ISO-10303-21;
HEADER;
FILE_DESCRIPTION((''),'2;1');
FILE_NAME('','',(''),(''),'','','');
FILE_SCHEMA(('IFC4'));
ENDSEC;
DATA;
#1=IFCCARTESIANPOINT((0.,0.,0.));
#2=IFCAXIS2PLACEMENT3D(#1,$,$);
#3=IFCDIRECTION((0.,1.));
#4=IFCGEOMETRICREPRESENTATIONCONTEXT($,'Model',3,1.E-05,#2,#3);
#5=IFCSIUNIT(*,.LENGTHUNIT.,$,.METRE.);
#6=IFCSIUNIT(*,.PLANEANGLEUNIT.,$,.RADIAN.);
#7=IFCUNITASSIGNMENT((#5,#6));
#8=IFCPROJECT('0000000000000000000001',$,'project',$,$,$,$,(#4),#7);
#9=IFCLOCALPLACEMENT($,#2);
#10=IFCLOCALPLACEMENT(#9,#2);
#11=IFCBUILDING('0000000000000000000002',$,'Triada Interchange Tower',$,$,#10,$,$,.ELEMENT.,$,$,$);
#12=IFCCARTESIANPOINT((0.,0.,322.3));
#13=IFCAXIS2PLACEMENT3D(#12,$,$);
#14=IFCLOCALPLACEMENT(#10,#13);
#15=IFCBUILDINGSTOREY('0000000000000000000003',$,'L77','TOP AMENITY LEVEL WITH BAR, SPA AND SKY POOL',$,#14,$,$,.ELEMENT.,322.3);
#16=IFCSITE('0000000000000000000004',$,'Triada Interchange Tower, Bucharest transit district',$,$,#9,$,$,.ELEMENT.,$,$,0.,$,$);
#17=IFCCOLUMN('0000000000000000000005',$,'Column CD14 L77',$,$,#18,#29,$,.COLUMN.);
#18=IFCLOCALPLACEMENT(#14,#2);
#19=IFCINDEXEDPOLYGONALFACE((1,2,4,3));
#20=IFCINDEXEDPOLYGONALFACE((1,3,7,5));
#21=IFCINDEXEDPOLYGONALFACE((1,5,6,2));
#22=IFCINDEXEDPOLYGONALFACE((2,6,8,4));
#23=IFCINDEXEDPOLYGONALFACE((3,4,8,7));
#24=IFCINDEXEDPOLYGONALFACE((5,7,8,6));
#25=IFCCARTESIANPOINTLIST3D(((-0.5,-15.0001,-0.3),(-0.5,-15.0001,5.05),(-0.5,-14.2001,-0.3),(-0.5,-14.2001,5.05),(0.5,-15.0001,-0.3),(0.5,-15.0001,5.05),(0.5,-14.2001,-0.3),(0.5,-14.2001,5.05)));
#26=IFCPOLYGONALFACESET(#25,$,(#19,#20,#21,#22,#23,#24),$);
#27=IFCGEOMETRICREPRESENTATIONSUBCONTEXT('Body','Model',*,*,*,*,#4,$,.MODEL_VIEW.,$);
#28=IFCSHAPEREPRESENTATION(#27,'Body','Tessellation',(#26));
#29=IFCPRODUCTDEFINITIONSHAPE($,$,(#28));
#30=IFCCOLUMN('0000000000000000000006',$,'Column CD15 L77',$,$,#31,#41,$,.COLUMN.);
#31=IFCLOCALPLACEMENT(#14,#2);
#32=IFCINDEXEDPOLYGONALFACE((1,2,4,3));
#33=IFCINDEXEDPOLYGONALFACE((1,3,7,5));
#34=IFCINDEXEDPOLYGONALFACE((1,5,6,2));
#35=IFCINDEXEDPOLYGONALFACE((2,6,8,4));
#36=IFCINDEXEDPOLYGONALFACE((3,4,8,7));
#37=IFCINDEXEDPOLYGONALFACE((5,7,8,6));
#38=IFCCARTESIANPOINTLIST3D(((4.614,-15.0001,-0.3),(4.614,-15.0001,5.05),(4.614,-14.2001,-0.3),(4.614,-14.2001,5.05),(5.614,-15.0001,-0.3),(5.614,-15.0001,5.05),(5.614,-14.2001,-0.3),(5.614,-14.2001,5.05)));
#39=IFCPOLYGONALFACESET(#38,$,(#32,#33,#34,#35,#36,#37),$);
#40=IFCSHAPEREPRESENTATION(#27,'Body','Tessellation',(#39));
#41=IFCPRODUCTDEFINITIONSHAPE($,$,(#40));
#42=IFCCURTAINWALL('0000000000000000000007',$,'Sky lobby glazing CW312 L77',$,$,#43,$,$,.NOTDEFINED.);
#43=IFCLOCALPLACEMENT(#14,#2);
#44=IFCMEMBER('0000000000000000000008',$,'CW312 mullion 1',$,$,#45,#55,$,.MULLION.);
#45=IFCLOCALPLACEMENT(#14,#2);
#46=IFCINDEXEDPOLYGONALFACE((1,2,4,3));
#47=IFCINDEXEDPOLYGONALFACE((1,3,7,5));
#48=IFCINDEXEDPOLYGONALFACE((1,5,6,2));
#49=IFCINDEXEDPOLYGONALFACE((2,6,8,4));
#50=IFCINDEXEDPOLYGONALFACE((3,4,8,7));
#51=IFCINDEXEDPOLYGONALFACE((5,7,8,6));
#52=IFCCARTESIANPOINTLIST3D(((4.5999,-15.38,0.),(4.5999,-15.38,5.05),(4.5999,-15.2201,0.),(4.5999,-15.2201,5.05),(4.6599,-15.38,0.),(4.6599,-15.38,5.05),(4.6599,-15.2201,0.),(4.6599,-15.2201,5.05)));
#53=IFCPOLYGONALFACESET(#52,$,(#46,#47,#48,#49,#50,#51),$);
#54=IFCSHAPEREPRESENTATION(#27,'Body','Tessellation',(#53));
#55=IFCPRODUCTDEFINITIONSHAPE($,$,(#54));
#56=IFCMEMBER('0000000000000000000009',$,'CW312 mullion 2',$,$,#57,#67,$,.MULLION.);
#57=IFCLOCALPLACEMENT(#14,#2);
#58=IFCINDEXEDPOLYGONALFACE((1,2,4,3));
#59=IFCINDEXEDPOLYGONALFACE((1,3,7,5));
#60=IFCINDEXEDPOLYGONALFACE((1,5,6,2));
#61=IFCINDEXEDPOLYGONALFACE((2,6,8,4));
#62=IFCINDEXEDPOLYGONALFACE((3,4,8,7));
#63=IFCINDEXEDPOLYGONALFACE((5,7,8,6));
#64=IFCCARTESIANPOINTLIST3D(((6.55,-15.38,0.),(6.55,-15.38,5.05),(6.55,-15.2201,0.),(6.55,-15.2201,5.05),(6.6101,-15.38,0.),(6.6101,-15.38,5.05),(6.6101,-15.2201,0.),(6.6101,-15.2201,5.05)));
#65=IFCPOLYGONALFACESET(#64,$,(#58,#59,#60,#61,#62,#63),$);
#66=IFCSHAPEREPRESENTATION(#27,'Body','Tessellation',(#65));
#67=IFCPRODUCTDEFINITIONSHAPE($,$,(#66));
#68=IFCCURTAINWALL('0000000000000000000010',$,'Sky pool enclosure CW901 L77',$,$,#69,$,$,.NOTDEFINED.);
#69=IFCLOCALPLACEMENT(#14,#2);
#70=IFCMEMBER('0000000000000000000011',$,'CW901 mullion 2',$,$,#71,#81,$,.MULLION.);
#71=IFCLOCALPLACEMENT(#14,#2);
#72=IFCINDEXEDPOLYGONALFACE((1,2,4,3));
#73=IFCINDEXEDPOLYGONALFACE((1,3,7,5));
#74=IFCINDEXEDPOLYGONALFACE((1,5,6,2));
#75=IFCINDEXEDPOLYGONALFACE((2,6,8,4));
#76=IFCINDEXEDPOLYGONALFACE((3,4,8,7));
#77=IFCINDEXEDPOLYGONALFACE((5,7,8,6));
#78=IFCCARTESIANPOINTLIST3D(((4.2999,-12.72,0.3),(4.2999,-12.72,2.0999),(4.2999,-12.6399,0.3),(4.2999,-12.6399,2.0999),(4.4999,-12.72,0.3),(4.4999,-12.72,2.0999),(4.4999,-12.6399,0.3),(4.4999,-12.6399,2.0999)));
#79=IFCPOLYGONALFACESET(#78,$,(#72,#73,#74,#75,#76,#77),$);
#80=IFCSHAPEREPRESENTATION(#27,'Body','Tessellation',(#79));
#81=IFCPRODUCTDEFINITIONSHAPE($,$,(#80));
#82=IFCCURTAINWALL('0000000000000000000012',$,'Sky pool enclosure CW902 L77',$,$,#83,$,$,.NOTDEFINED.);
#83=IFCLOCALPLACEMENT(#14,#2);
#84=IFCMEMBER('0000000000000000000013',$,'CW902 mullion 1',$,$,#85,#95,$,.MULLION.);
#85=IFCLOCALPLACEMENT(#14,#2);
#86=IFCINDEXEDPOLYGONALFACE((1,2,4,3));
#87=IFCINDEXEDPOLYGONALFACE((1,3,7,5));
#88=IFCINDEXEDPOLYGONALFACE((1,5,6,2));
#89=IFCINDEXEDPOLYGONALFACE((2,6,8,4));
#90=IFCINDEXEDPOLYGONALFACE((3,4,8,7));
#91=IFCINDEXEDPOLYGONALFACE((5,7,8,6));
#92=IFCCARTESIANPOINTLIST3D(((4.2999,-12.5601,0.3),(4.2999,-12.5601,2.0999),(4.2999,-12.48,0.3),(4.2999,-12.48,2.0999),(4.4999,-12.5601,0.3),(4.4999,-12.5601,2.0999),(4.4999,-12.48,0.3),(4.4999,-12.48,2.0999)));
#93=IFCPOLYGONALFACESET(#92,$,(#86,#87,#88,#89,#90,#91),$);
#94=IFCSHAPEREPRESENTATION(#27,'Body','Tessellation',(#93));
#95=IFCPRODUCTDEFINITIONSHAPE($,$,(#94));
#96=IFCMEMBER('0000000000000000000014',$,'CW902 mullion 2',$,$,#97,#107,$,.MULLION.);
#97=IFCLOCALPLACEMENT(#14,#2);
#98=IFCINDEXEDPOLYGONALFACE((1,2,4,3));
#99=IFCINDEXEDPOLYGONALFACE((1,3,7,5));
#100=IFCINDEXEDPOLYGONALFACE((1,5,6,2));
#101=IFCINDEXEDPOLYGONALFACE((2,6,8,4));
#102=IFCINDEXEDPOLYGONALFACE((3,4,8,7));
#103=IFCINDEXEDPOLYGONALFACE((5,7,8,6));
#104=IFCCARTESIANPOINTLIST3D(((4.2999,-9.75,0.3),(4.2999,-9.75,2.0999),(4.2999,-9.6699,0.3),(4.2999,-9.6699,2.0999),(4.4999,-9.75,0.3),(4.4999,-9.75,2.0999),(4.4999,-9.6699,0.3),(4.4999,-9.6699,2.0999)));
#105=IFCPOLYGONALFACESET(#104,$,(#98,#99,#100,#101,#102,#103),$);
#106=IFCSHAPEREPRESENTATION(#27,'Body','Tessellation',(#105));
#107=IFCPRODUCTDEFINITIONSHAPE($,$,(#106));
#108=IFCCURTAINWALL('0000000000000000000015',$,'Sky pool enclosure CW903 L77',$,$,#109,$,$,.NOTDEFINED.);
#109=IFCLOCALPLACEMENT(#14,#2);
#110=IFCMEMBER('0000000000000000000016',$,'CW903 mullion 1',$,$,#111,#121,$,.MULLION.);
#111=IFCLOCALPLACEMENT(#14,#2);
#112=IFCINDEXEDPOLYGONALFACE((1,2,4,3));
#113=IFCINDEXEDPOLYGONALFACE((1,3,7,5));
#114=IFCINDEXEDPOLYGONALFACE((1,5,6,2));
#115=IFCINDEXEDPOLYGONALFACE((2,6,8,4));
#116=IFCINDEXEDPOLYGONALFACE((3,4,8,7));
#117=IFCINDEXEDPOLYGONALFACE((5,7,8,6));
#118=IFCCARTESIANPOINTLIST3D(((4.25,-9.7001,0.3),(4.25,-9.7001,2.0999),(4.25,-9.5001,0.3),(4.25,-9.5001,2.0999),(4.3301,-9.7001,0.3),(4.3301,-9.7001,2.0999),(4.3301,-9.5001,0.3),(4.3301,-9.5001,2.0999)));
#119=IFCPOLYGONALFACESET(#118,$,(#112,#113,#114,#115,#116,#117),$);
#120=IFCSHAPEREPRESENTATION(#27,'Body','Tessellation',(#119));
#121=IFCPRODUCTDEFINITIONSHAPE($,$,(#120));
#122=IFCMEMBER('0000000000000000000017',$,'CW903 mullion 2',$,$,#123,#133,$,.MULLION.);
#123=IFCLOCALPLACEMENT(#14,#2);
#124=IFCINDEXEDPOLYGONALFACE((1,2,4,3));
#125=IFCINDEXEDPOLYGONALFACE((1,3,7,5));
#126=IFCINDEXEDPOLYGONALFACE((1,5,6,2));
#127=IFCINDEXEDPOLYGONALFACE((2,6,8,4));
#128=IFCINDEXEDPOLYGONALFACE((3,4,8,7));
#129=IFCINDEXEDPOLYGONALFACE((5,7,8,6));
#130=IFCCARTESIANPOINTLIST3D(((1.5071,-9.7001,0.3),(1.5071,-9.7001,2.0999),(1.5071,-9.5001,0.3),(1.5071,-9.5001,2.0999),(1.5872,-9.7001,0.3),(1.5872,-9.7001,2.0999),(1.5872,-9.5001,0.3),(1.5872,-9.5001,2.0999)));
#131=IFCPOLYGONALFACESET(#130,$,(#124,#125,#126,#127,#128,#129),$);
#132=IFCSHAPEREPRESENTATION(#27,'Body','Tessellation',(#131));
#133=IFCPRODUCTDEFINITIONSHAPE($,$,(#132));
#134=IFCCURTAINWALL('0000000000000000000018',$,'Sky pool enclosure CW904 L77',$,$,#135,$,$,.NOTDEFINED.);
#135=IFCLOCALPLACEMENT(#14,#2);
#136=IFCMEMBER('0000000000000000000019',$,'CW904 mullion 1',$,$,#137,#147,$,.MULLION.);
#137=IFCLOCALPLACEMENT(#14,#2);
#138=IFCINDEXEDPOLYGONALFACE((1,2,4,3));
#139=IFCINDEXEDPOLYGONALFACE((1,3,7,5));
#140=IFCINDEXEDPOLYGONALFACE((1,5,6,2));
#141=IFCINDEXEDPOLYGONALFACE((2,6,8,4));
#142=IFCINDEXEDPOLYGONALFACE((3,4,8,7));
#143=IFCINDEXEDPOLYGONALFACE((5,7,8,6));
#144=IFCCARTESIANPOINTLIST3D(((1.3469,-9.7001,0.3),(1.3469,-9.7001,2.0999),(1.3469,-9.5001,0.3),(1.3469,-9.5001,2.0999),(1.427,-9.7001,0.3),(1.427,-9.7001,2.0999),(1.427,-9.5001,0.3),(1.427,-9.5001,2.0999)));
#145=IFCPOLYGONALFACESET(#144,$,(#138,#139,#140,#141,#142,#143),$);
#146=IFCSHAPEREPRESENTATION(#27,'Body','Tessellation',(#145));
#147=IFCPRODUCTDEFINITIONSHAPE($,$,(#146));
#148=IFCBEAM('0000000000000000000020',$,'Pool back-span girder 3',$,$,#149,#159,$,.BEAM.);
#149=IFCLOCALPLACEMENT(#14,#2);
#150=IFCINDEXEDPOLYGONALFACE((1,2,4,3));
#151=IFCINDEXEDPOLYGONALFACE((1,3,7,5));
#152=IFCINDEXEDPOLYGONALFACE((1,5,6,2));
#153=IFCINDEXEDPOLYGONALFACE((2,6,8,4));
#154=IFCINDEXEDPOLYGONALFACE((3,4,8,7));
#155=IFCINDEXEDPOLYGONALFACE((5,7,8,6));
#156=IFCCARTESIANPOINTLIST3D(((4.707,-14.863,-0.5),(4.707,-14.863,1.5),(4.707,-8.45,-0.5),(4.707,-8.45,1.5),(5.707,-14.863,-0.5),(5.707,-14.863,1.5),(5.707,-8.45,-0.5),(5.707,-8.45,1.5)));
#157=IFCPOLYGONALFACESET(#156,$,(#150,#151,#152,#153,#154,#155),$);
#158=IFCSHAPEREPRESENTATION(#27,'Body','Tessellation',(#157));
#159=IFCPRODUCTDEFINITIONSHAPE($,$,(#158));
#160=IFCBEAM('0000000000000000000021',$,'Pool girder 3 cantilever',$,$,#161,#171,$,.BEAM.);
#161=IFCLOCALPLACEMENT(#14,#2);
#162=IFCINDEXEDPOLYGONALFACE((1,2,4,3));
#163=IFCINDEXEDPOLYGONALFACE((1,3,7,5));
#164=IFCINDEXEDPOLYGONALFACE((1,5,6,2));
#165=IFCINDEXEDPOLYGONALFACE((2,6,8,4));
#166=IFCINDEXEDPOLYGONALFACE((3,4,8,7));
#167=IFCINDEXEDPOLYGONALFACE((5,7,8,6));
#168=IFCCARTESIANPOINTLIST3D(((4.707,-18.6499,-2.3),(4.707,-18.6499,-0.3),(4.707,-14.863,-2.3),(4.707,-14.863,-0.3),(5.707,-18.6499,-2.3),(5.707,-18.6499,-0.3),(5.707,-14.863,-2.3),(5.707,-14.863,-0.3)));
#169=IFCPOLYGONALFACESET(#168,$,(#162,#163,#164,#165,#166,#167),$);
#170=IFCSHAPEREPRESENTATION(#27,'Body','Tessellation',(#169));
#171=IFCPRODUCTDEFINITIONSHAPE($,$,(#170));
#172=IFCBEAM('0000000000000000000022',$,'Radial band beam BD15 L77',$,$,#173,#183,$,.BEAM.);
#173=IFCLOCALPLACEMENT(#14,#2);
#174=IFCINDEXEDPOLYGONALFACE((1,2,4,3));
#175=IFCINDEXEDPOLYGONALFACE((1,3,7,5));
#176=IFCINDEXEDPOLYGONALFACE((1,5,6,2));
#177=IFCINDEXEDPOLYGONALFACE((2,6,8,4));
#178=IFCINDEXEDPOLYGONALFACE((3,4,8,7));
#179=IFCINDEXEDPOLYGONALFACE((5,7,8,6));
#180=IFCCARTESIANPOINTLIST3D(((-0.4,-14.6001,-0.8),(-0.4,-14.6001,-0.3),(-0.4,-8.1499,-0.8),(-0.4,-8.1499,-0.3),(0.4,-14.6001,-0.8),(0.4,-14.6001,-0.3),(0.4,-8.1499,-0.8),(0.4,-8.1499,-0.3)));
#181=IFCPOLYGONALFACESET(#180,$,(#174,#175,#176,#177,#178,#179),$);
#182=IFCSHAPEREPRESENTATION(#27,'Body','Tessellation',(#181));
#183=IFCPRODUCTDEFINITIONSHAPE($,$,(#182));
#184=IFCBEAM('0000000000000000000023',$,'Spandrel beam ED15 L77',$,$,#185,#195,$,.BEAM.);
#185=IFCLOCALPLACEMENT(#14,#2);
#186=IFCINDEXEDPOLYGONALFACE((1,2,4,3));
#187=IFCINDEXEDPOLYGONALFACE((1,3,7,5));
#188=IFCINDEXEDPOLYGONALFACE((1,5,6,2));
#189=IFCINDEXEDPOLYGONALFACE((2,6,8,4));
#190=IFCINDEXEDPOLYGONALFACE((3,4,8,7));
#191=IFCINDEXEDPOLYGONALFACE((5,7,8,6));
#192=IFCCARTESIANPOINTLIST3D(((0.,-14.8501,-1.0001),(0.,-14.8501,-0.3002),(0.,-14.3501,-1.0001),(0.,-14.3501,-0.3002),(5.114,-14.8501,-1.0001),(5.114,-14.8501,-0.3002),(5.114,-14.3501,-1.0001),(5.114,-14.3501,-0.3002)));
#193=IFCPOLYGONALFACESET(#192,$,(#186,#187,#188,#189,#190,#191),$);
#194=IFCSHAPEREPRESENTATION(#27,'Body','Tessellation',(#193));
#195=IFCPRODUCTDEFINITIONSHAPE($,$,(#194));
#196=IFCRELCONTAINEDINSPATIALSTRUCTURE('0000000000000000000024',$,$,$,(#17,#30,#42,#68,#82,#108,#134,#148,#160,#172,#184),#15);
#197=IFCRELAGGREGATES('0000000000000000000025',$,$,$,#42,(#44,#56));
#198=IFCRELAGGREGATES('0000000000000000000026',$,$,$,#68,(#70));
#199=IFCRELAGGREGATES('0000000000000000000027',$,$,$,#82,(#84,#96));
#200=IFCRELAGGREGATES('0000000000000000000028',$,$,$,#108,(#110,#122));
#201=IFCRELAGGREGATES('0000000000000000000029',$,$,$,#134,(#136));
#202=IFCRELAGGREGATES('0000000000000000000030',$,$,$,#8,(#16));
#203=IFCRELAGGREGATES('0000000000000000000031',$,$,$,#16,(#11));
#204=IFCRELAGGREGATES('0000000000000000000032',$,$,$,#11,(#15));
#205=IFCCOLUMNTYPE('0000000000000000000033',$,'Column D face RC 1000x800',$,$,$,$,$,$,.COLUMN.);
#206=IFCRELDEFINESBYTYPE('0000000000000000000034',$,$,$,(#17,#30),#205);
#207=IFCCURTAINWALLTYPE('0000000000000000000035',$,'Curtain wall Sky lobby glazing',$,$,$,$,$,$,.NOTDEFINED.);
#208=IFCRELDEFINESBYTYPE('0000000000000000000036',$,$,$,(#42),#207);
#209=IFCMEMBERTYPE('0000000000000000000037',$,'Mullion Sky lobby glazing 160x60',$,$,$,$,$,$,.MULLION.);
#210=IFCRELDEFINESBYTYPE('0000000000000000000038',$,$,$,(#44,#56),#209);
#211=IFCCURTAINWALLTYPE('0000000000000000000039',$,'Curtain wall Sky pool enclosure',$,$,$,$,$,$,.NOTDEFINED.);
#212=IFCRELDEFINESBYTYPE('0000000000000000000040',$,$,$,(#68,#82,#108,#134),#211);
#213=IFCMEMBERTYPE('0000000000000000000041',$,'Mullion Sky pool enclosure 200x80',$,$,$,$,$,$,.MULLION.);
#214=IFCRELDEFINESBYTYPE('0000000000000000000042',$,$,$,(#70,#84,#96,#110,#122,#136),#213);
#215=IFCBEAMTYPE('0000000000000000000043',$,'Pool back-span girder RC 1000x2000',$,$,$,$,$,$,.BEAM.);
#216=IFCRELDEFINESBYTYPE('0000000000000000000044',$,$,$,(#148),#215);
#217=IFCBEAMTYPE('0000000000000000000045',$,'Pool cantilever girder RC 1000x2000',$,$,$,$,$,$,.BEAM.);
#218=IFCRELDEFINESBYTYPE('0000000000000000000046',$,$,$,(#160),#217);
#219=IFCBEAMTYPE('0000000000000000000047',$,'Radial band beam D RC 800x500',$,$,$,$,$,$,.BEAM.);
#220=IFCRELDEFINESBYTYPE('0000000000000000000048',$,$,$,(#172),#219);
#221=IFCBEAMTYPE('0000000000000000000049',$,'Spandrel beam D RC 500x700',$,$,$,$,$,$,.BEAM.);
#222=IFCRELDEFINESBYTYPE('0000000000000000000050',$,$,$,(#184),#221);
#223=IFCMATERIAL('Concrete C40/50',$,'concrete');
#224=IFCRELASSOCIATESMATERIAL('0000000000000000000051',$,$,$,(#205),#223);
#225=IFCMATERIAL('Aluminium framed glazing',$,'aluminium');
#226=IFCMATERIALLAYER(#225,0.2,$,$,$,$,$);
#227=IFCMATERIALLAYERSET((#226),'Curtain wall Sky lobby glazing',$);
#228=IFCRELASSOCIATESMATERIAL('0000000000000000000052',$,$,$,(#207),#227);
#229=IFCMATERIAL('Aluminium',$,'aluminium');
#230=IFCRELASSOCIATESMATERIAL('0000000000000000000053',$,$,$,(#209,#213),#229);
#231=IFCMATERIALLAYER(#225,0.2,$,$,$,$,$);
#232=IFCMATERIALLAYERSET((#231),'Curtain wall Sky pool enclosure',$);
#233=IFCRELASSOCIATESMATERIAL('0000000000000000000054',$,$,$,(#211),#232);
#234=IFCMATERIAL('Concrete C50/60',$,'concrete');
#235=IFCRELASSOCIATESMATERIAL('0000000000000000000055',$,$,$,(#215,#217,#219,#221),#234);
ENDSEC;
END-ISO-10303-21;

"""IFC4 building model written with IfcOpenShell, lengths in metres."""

from ifc_helpers import new_model, si_unit, direction, frame, origin, origin_2d, place, context, subcontext, project, spatial, rectangle, extrude, material, layer, layer_set, material_profile, profile_set, type_object, element, aggregate, save


model = new_model("IFC4")

# Units and contexts
model_context = context("Model", 3, precision=1e-05, world=origin(), true_north=direction((0.0, 1.0)))
body_context = subcontext(model_context, "Body", "Model", "MODEL_VIEW")
ifc_project = project(units=[si_unit("LENGTHUNIT", "METRE"), si_unit("PLANEANGLEUNIT", "RADIAN")], contexts=[model_context])

# Site, building, storey
site_placement = place(None, origin())
site = spatial("IfcSite", under=ifc_project, at=site_placement, Name="Triada Interchange Tower, Bucharest transit district", CompositionType="ELEMENT", RefElevation=0.0)
building_placement = place(site_placement, origin())
building = spatial("IfcBuilding", under=site, at=building_placement, Name="Triada Interchange Tower", CompositionType="ELEMENT")
storey_placement = place(building_placement, frame((0.0, 0.0, 322.3)))
storey = spatial("IfcBuildingStorey", under=building, at=storey_placement, Name="L77", Description="TOP AMENITY LEVEL WITH BAR, SPA AND SKY POOL", CompositionType="ELEMENT", Elevation=322.3)

# Columns
ifc_material_1 = material(Name="Concrete C40/50", Category="concrete")
ifc_material_profile_1 = material_profile(ifc_material_1, rectangle(XDim=1.0, YDim=0.8, at=origin_2d()), Name="RC 1000x800")
ifc_profile_set_1 = profile_set([ifc_material_profile_1], Name="Concrete C40/50")
column_type = type_object("IfcColumnType", Name="Column D face RC 1000x800", PredefinedType="COLUMN", material=ifc_profile_set_1)
for number, where, z_axis, x_axis, name in (
    (1, (0.0, -14.6001, -0.3), (0.0, 0.0, 1.0), (1.0, 0.0, 0.0), "Column CD14 L77"),
    (2, (5.114, -14.6001, -0.3), (0.0, 0.0, 1.0), (1.0, 0.0, 0.0), "Column CD15 L77"),
):
    element("IfcColumn", number, at=place(storey_placement, frame(where, z_axis=z_axis, x_axis=x_axis)), inside=storey, type_object=column_type, Name=name, PredefinedType="COLUMN", context=body_context, shape_type="SweptSolid", body=[
        extrude(rectangle(XDim=1.0, YDim=0.8, at=origin_2d()), origin(), (0.0, 0.0, 1.0), 5.3501),
    ])

# Curtain wall, members
ifc_material_2 = material(Name="Aluminium framed glazing", Category="aluminium")
ifc_layer_1 = layer(ifc_material_2, 0.2)
ifc_layer_set_1 = layer_set([ifc_layer_1], Name="Curtain wall Sky lobby glazing")
curtain_wall_type_1 = type_object("IfcCurtainWallType", Name="Curtain wall Sky lobby glazing", PredefinedType="NOTDEFINED", material=ifc_layer_set_1)
curtain_wall_1_placement = place(storey_placement, origin())
curtain_wall_1 = element("IfcCurtainWall", 3, at=curtain_wall_1_placement, inside=storey, type_object=curtain_wall_type_1, Name="Sky lobby glazing CW312 L77", PredefinedType="NOTDEFINED")
ifc_material_3 = material(Name="Aluminium", Category="aluminium")
ifc_material_profile_2 = material_profile(ifc_material_3, rectangle(XDim=0.1599, YDim=0.0601, at=origin_2d()), Name="Aluminium mullion")
ifc_profile_set_2 = profile_set([ifc_material_profile_2], Name="Aluminium")
member_type_1 = type_object("IfcMemberType", Name="Mullion Sky lobby glazing 160x60", PredefinedType="MULLION", material=ifc_profile_set_2)
member_1_placement = place(storey_placement, frame((4.6299, -15.3, 0.0), z_axis=(0.0, 0.0, 1.0), x_axis=(0.0, 1.0, 0.0)))
member_1 = element("IfcMember", 4, at=member_1_placement, type_object=member_type_1, Name="CW312 mullion 1", PredefinedType="MULLION", context=body_context, shape_type="SweptSolid", body=[
    extrude(rectangle(XDim=0.1599, YDim=0.0601, at=origin_2d()), origin(), (0.0, 0.0, 1.0), 5.05),
])
member_2_placement = place(storey_placement, frame((6.5801, -15.3, 0.0), z_axis=(0.0, 0.0, 1.0), x_axis=(0.0, 1.0, 0.0)))
member_2 = element("IfcMember", 5, at=member_2_placement, type_object=member_type_1, Name="CW312 mullion 2", PredefinedType="MULLION", context=body_context, shape_type="SweptSolid", body=[
    extrude(rectangle(XDim=0.1599, YDim=0.0601, at=origin_2d()), origin(), (0.0, 0.0, 1.0), 5.05),
])

# Curtain wall, member
ifc_layer_2 = layer(ifc_material_2, 0.2)
ifc_layer_set_2 = layer_set([ifc_layer_2], Name="Curtain wall Sky pool enclosure")
curtain_wall_type_2 = type_object("IfcCurtainWallType", Name="Curtain wall Sky pool enclosure", PredefinedType="NOTDEFINED", material=ifc_layer_set_2)
curtain_wall_2_placement = place(storey_placement, origin())
curtain_wall_2 = element("IfcCurtainWall", 6, at=curtain_wall_2_placement, inside=storey, type_object=curtain_wall_type_2, Name="Sky pool enclosure CW901 L77", PredefinedType="NOTDEFINED")
ifc_material_profile_3 = material_profile(ifc_material_3, rectangle(XDim=0.2, YDim=0.0801, at=origin_2d()), Name="Aluminium mullion")
ifc_profile_set_3 = profile_set([ifc_material_profile_3], Name="Aluminium")
member_type_2 = type_object("IfcMemberType", Name="Mullion Sky pool enclosure 200x80", PredefinedType="MULLION", material=ifc_profile_set_3)
member_3_placement = place(storey_placement, frame((4.3999, -12.6799, 0.3), z_axis=(0.0, 0.0, 1.0), x_axis=(-1.0, 0.0, 0.0)))
member_3 = element("IfcMember", 7, at=member_3_placement, type_object=member_type_2, Name="CW901 mullion 2", PredefinedType="MULLION", context=body_context, shape_type="SweptSolid", body=[
    extrude(rectangle(XDim=0.2, YDim=0.0801, at=origin_2d()), origin(), (0.0, 0.0, 1.0), 1.7998),
])

# Curtain walls, members
curtain_wall_3_placement = place(storey_placement, origin())
curtain_wall_3 = element("IfcCurtainWall", 8, at=curtain_wall_3_placement, inside=storey, type_object=curtain_wall_type_2, Name="Sky pool enclosure CW902 L77", PredefinedType="NOTDEFINED")
member_4_placement = place(storey_placement, frame((4.3999, -12.52, 0.3), z_axis=(0.0, 0.0, 1.0), x_axis=(-1.0, 0.0, 0.0)))
member_4 = element("IfcMember", 9, at=member_4_placement, type_object=member_type_2, Name="CW902 mullion 1", PredefinedType="MULLION", context=body_context, shape_type="SweptSolid", body=[
    extrude(rectangle(XDim=0.2, YDim=0.0801, at=origin_2d()), origin(), (0.0, 0.0, 1.0), 1.7998),
])
member_5_placement = place(storey_placement, frame((4.3999, -9.71, 0.3), z_axis=(0.0, 0.0, 1.0), x_axis=(-1.0, 0.0, 0.0)))
member_5 = element("IfcMember", 10, at=member_5_placement, type_object=member_type_2, Name="CW902 mullion 2", PredefinedType="MULLION", context=body_context, shape_type="SweptSolid", body=[
    extrude(rectangle(XDim=0.2, YDim=0.0801, at=origin_2d()), origin(), (0.0, 0.0, 1.0), 1.7998),
])
curtain_wall_4_placement = place(storey_placement, origin())
curtain_wall_4 = element("IfcCurtainWall", 11, at=curtain_wall_4_placement, inside=storey, type_object=curtain_wall_type_2, Name="Sky pool enclosure CW903 L77", PredefinedType="NOTDEFINED")
member_6_placement = place(storey_placement, frame((4.29, -9.6001, 0.3), z_axis=(0.0, 0.0, 1.0), x_axis=(0.0, -1.0, 0.0)))
member_6 = element("IfcMember", 12, at=member_6_placement, type_object=member_type_2, Name="CW903 mullion 1", PredefinedType="MULLION", context=body_context, shape_type="SweptSolid", body=[
    extrude(rectangle(XDim=0.2, YDim=0.0801, at=origin_2d()), origin(), (0.0, 0.0, 1.0), 1.7998),
])
member_7_placement = place(storey_placement, frame((1.5471, -9.6001, 0.3), z_axis=(0.0, 0.0, 1.0), x_axis=(0.0, -1.0, 0.0)))
member_7 = element("IfcMember", 13, at=member_7_placement, type_object=member_type_2, Name="CW903 mullion 2", PredefinedType="MULLION", context=body_context, shape_type="SweptSolid", body=[
    extrude(rectangle(XDim=0.2, YDim=0.0801, at=origin_2d()), origin(), (0.0, 0.0, 1.0), 1.7998),
])

# Curtain wall, member
curtain_wall_5_placement = place(storey_placement, origin())
curtain_wall_5 = element("IfcCurtainWall", 14, at=curtain_wall_5_placement, inside=storey, type_object=curtain_wall_type_2, Name="Sky pool enclosure CW904 L77", PredefinedType="NOTDEFINED")
member_8_placement = place(storey_placement, frame((1.387, -9.6001, 0.3), z_axis=(0.0, 0.0, 1.0), x_axis=(0.0, -1.0, 0.0)))
member_8 = element("IfcMember", 15, at=member_8_placement, type_object=member_type_2, Name="CW904 mullion 1", PredefinedType="MULLION", context=body_context, shape_type="SweptSolid", body=[
    extrude(rectangle(XDim=0.2, YDim=0.0801, at=origin_2d()), origin(), (0.0, 0.0, 1.0), 1.7998),
])

# Beams
ifc_material_4 = material(Name="Concrete C50/60", Category="concrete")
ifc_material_profile_4 = material_profile(ifc_material_4, rectangle(XDim=1.0, YDim=2.0, at=origin_2d()), Name="RC 1000x2000")
ifc_profile_set_4 = profile_set([ifc_material_profile_4], Name="Concrete C50/60")
beam_type_1 = type_object("IfcBeamType", Name="Pool back-span girder RC 1000x2000", PredefinedType="BEAM", material=ifc_profile_set_4)
beam_1_placement = place(storey_placement, frame((5.207, -8.45, 0.5), z_axis=(0.0, -1.0, 0.0), x_axis=(1.0, 0.0, 0.0)))
element("IfcBeam", 16, at=beam_1_placement, inside=storey, type_object=beam_type_1, Name="Pool back-span girder 3", PredefinedType="BEAM", context=body_context, shape_type="SweptSolid", body=[
    extrude(rectangle(XDim=1.0, YDim=2.0, at=origin_2d()), origin(), (0.0, 0.0, 1.0), 6.4131),
])
ifc_material_profile_5 = material_profile(ifc_material_4, rectangle(XDim=1.0, YDim=2.0, at=origin_2d()), Name="RC 1000x2000")
ifc_profile_set_5 = profile_set([ifc_material_profile_5], Name="Concrete C50/60")
beam_type_2 = type_object("IfcBeamType", Name="Pool cantilever girder RC 1000x2000", PredefinedType="BEAM", material=ifc_profile_set_5)
beam_2_placement = place(storey_placement, frame((5.207, -14.863, -1.3), z_axis=(0.0, -1.0, 0.0), x_axis=(1.0, 0.0, 0.0)))
element("IfcBeam", 17, at=beam_2_placement, inside=storey, type_object=beam_type_2, Name="Pool girder 3 cantilever", PredefinedType="BEAM", context=body_context, shape_type="SweptSolid", body=[
    extrude(rectangle(XDim=1.0, YDim=2.0, at=origin_2d()), origin(), (0.0, 0.0, 1.0), 3.7869),
])
ifc_material_profile_6 = material_profile(ifc_material_4, rectangle(XDim=0.8, YDim=0.5, at=origin_2d()), Name="RC 800x500")
ifc_profile_set_6 = profile_set([ifc_material_profile_6], Name="Concrete C50/60")
beam_type_3 = type_object("IfcBeamType", Name="Radial band beam D RC 800x500", PredefinedType="BEAM", material=ifc_profile_set_6)
beam_3_placement = place(storey_placement, frame((0.0, -14.6001, -0.55), z_axis=(0.0, 1.0, 0.0), x_axis=(-1.0, 0.0, 0.0)))
element("IfcBeam", 18, at=beam_3_placement, inside=storey, type_object=beam_type_3, Name="Radial band beam BD15 L77", PredefinedType="BEAM", context=body_context, shape_type="SweptSolid", body=[
    extrude(rectangle(XDim=0.8, YDim=0.5, at=origin_2d()), origin(), (0.0, 0.0, 1.0), 6.4502),
])
ifc_material_profile_7 = material_profile(ifc_material_4, rectangle(XDim=0.5, YDim=0.7, at=origin_2d()), Name="RC 500x700")
ifc_profile_set_7 = profile_set([ifc_material_profile_7], Name="Concrete C50/60")
beam_type_4 = type_object("IfcBeamType", Name="Spandrel beam D RC 500x700", PredefinedType="BEAM", material=ifc_profile_set_7)
for number, where, z_axis, x_axis, name in (
    (19, (0.0, -14.6001, -0.6501), (1.0, 0.0, 0.0), (0.0, 1.0, 0.0), "Spandrel beam ED15 L77"),
):
    element("IfcBeam", number, at=place(storey_placement, frame(where, z_axis=z_axis, x_axis=x_axis)), inside=storey, type_object=beam_type_4, Name=name, PredefinedType="BEAM", context=body_context, shape_type="SweptSolid", body=[
        extrude(rectangle(XDim=0.5, YDim=0.7, at=origin_2d()), origin(), (0.0, 0.0, 1.0), 5.114),
    ])

aggregate(curtain_wall_1, [member_1, member_2])
aggregate(curtain_wall_2, [member_3])
aggregate(curtain_wall_3, [member_4, member_5])
aggregate(curtain_wall_4, [member_6, member_7])
aggregate(curtain_wall_5, [member_8])

save(model, "model.ifc")
